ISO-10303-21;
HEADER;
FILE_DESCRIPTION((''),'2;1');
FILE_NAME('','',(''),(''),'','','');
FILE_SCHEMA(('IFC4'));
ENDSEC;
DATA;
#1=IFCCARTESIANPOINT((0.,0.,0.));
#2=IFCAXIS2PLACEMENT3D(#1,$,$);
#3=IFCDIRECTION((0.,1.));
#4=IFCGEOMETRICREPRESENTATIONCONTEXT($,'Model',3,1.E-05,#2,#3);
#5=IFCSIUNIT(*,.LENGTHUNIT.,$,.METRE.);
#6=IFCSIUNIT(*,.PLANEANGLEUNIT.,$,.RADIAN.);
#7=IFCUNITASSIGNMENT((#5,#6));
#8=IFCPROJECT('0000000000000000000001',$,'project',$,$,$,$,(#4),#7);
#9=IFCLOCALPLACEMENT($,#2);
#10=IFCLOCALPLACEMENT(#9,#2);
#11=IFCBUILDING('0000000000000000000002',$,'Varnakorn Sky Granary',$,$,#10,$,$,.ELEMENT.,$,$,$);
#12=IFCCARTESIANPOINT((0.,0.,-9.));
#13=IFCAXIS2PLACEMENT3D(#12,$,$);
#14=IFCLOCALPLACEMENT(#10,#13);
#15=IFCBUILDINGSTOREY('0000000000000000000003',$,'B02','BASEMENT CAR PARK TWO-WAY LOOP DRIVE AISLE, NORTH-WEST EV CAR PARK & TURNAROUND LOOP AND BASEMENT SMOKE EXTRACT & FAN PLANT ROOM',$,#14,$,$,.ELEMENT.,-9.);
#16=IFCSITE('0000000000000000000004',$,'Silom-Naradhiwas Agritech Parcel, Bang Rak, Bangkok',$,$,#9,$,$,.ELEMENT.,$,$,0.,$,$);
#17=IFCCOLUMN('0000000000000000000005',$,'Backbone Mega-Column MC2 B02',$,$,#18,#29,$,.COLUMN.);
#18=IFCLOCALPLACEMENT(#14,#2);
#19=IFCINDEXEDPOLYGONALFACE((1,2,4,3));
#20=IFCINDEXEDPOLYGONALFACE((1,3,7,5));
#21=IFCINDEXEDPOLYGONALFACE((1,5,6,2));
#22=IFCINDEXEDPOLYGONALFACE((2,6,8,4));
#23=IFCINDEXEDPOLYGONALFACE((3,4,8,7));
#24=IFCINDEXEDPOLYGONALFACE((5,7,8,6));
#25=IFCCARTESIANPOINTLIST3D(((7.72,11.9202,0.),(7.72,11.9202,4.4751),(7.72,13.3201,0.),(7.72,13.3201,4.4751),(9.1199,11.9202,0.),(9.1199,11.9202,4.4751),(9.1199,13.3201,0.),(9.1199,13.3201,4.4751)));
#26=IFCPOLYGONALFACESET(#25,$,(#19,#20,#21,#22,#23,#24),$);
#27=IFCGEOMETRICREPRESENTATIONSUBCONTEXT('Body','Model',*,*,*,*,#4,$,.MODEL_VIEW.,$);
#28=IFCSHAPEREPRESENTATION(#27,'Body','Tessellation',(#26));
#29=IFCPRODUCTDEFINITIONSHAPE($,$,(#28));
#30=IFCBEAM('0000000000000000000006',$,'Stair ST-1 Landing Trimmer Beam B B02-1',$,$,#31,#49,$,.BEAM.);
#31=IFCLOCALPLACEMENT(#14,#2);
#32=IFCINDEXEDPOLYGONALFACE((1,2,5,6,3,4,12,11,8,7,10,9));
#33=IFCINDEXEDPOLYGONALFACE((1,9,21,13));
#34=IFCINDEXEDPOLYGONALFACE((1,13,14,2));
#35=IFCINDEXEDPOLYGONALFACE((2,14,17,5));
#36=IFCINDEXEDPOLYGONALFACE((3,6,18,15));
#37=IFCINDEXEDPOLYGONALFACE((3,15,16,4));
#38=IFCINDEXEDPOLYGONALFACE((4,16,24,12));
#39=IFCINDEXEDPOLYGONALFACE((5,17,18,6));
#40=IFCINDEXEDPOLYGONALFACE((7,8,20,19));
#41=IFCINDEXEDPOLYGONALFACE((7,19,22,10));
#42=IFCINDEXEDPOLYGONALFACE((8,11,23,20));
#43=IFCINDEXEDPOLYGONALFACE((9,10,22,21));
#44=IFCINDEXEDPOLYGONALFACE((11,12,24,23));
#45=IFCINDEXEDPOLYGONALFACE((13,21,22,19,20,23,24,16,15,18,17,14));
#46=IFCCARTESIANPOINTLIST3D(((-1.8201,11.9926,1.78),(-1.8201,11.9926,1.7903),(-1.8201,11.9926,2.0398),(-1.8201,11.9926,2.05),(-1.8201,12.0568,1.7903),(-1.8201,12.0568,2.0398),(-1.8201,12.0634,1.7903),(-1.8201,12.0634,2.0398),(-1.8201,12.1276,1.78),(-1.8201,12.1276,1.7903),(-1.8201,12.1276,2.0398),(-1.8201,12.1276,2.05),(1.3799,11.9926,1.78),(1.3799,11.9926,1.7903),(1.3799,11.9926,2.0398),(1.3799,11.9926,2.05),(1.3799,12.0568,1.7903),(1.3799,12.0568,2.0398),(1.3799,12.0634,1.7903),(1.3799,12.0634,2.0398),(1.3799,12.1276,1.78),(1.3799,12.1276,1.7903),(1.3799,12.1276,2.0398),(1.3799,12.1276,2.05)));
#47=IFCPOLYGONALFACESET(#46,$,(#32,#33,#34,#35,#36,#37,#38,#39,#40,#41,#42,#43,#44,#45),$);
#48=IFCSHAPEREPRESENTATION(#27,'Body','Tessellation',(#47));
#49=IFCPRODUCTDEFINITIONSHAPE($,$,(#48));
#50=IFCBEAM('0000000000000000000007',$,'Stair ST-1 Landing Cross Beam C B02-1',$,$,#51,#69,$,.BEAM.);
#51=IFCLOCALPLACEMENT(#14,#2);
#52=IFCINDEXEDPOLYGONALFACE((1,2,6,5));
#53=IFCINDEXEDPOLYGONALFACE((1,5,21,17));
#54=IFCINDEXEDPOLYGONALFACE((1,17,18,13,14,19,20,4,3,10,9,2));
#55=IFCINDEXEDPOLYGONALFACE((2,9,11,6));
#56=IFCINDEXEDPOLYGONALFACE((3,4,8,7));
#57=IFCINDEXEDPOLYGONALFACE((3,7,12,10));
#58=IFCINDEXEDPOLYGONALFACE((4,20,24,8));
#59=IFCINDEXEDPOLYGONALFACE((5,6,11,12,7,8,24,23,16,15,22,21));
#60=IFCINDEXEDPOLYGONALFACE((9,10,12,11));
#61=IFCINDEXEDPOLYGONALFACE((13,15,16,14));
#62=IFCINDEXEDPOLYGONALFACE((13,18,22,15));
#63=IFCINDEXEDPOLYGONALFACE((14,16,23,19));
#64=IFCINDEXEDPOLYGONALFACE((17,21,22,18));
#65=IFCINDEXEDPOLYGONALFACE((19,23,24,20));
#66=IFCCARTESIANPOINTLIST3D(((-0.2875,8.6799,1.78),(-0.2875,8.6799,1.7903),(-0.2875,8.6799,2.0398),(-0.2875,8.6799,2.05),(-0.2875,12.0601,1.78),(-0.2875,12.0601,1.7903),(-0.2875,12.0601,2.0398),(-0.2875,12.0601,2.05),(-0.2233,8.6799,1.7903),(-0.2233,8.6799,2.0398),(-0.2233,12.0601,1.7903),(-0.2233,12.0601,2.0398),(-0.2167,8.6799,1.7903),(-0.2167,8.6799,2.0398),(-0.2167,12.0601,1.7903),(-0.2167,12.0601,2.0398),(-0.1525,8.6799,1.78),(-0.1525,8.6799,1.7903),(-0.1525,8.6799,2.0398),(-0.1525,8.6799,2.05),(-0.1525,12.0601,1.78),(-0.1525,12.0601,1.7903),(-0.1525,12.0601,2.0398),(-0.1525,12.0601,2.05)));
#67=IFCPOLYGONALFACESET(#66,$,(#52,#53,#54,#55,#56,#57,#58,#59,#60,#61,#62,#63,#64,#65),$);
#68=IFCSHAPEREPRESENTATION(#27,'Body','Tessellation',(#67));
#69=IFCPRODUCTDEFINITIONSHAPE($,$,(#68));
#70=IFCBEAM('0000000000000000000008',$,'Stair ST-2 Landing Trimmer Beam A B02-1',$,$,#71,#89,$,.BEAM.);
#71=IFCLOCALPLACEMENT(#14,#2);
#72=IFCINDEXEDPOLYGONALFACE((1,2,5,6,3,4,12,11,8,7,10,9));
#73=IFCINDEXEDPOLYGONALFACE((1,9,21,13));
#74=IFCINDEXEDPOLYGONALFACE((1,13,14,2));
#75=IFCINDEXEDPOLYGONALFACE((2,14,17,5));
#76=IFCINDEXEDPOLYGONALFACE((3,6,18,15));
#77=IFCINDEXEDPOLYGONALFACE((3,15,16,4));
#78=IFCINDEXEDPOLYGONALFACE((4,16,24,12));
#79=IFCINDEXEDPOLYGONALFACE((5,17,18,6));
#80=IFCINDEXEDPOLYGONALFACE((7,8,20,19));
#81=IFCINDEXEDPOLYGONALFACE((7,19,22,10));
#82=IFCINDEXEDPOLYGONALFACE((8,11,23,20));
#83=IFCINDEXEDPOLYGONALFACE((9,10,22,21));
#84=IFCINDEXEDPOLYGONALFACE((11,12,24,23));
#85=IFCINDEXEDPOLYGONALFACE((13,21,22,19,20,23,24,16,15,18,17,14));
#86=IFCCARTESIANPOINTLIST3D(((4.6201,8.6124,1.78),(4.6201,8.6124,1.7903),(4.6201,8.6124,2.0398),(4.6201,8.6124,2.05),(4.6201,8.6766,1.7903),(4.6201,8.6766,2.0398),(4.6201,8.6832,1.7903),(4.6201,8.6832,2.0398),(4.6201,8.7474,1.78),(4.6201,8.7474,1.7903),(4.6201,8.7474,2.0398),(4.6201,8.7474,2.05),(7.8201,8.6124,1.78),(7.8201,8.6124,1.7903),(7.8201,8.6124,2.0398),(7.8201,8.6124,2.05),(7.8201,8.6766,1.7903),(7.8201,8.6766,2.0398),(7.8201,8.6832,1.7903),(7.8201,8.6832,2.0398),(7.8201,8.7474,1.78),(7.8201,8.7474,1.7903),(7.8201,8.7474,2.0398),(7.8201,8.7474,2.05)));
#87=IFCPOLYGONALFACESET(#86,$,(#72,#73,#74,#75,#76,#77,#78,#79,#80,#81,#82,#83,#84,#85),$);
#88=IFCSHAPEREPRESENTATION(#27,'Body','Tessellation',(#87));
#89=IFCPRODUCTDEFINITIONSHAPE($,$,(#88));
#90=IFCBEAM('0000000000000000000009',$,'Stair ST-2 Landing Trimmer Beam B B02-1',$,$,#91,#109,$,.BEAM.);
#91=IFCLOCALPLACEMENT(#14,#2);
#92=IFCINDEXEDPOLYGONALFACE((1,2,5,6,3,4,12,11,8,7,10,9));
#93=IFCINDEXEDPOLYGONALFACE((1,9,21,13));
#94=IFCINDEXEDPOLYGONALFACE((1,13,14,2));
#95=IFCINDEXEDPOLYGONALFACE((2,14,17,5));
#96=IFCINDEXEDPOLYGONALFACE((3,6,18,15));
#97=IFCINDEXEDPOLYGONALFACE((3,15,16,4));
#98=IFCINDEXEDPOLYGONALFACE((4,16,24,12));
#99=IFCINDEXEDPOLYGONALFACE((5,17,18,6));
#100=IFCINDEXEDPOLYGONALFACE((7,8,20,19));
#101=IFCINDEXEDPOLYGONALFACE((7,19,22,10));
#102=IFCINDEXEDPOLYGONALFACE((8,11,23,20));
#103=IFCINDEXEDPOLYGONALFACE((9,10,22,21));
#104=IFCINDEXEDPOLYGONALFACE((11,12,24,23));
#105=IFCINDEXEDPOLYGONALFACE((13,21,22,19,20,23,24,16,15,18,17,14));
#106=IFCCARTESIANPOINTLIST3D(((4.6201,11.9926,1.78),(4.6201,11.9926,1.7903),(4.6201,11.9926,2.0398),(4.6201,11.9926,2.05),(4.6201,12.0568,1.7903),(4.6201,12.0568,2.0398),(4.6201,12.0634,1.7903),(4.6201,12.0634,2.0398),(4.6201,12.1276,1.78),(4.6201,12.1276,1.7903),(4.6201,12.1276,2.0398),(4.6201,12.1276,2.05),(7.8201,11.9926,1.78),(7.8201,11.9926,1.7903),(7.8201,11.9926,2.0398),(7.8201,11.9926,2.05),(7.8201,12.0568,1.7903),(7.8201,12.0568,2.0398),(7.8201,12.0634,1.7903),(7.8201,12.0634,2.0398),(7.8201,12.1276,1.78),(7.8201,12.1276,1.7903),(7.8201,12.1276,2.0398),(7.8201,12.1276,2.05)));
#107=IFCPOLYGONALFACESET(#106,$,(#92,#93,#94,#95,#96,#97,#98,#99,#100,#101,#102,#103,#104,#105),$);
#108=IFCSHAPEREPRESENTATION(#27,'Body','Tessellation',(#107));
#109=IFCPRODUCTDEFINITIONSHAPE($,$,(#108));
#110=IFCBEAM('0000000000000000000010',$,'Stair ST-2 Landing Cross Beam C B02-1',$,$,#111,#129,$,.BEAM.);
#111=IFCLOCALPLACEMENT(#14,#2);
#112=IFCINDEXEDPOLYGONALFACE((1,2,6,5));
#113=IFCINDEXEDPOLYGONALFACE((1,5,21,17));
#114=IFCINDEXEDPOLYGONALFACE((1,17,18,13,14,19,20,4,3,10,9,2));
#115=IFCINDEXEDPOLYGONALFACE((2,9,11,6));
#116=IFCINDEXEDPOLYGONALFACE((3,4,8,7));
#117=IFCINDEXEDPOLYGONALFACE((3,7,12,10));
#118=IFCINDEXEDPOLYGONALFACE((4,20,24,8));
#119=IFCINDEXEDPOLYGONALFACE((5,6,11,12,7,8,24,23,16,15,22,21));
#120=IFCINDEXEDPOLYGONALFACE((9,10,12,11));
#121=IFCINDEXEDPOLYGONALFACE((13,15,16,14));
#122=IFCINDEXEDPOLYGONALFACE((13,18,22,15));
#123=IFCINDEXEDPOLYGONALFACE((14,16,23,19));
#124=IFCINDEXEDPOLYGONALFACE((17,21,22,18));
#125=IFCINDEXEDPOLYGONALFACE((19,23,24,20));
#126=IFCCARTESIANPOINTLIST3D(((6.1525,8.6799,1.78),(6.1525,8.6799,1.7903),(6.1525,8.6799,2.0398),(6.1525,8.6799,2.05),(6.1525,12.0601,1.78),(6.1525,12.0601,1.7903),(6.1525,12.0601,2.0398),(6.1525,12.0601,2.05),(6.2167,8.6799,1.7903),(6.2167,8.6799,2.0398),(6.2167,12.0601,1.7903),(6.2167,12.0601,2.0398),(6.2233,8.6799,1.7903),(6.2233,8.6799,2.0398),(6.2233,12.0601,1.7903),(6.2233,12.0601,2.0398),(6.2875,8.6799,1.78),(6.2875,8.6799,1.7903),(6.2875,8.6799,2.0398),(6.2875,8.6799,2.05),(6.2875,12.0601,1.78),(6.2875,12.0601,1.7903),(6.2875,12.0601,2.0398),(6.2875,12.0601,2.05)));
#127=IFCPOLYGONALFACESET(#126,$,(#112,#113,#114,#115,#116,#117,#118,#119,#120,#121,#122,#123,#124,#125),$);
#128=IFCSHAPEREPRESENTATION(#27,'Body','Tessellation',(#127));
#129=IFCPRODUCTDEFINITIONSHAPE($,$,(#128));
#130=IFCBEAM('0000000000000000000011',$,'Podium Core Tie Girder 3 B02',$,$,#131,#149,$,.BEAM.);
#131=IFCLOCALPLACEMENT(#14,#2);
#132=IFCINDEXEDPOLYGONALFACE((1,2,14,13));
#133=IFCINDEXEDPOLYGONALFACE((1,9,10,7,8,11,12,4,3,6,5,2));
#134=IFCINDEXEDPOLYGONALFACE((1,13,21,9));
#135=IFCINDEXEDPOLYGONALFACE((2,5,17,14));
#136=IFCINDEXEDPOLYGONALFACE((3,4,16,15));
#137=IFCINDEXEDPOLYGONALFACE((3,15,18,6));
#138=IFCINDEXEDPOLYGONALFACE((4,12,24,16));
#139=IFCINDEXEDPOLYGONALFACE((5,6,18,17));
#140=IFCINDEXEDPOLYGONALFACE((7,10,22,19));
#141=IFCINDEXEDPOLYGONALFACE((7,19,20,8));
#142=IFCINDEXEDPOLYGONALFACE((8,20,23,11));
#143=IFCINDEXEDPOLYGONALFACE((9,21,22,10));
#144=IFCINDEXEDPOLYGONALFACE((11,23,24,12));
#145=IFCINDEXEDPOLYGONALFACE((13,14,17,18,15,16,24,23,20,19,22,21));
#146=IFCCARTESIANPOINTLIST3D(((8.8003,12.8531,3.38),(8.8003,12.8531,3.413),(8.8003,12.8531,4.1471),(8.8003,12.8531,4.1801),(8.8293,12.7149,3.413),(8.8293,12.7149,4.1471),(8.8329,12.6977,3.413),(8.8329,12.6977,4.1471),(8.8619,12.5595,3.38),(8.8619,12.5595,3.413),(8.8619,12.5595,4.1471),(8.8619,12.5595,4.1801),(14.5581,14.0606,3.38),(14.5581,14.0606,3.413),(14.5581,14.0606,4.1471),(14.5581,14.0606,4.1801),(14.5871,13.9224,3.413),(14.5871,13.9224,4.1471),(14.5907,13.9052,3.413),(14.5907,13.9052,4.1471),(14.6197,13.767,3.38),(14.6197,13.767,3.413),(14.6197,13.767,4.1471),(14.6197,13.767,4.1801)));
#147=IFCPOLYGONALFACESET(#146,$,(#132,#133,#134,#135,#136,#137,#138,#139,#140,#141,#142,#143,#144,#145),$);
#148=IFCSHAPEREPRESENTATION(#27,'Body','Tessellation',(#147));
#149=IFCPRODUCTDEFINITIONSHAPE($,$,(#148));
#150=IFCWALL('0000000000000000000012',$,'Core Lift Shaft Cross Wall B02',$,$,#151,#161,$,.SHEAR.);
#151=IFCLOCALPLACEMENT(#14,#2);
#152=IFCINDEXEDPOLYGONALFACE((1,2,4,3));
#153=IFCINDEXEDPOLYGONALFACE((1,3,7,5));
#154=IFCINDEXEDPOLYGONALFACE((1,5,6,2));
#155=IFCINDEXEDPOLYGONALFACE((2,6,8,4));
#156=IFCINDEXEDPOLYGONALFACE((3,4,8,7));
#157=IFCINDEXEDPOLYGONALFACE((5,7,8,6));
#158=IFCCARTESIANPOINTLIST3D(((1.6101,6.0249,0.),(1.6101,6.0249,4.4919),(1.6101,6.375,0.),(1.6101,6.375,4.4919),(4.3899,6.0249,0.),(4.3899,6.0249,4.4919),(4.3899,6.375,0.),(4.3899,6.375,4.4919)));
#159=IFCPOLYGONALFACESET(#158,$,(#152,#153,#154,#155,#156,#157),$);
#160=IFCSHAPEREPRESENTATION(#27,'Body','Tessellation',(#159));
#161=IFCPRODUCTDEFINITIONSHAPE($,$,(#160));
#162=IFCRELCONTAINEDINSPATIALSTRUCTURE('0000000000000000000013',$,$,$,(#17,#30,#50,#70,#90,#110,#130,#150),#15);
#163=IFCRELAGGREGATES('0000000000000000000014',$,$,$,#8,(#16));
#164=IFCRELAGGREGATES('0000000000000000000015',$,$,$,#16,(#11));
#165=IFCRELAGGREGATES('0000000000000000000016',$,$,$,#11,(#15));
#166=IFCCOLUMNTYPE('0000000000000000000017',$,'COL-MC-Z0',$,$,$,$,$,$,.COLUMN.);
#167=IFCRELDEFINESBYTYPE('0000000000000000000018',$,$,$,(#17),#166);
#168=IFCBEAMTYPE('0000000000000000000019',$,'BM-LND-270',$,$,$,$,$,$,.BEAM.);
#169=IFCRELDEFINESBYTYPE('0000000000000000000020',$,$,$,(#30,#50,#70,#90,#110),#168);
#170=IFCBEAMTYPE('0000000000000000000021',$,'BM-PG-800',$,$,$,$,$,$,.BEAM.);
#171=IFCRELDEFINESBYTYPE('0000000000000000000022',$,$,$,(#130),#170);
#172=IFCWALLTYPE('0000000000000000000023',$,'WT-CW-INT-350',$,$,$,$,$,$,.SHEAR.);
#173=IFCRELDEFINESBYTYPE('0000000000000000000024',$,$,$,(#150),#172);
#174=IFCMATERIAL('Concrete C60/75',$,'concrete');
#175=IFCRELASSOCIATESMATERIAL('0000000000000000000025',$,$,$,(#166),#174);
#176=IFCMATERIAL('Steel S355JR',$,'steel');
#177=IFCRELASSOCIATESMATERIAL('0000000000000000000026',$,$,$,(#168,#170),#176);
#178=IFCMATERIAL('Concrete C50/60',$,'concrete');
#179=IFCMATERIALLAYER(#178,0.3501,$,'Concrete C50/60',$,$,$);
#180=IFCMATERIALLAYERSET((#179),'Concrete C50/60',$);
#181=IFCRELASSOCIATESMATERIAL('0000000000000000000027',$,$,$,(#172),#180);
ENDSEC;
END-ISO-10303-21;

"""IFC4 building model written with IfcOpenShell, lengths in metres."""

from ifc_helpers import new_model, si_unit, direction, frame, frame_2d, origin, origin_2d, place, context, subcontext, project, spatial, rectangle, i_section, extrude, material, layer, layer_set, material_profile, profile_set, type_object, element, save


model = new_model("IFC4")

# Units and contexts
model_context = context("Model", 3, precision=1e-05, world=origin(), true_north=direction((0.0, 1.0)))
body_context = subcontext(model_context, "Body", "Model", "MODEL_VIEW")
ifc_project = project(units=[si_unit("LENGTHUNIT", "METRE"), si_unit("PLANEANGLEUNIT", "RADIAN")], contexts=[model_context])

# Site, building, storey
site_placement = place(None, origin())
site = spatial("IfcSite", under=ifc_project, at=site_placement, Name="Silom-Naradhiwas Agritech Parcel, Bang Rak, Bangkok", CompositionType="ELEMENT", RefElevation=0.0)
building_placement = place(site_placement, origin())
building = spatial("IfcBuilding", under=site, at=building_placement, Name="Varnakorn Sky Granary", CompositionType="ELEMENT")
storey_placement = place(building_placement, frame((0.0, 0.0, -9.0)))
storey = spatial("IfcBuildingStorey", under=building, at=storey_placement, Name="B02", Description="BASEMENT CAR PARK TWO-WAY LOOP DRIVE AISLE, NORTH-WEST EV CAR PARK & TURNAROUND LOOP AND BASEMENT SMOKE EXTRACT & FAN PLANT ROOM", CompositionType="ELEMENT", Elevation=-9.0)

# Column
ifc_material_1 = material(Name="Concrete C60/75", Category="concrete")
ifc_material_profile_1 = material_profile(ifc_material_1, rectangle(XDim=1.3999, YDim=1.3999, at=origin_2d()), Name="RC 1400x1400")
ifc_profile_set_1 = profile_set([ifc_material_profile_1], Name="Concrete C60/75")
column_type = type_object("IfcColumnType", Name="COL-MC-Z0", PredefinedType="COLUMN", material=ifc_profile_set_1)
column_placement = place(storey_placement, frame((8.4199, 12.6201, 0.0), z_axis=(0.0, 0.0, 1.0), x_axis=(1.0, 0.0, 0.0)))
element("IfcColumn", 1, at=column_placement, inside=storey, type_object=column_type, Name="Backbone Mega-Column MC2 B02", PredefinedType="COLUMN", context=body_context, shape_type="SweptSolid", body=[
    extrude(rectangle(XDim=1.3999, YDim=1.3999, at=origin_2d()), origin(), (0.0, 0.0, 1.0), 4.4751),
])

# Beams
ifc_material_2 = material(Name="Steel S355JR", Category="steel")
ifc_material_profile_2 = material_profile(ifc_material_2, i_section(OverallWidth=0.135, OverallDepth=0.27, WebThickness=0.0066, FlangeThickness=0.0103, at=origin_2d()), Name="IPE 270")
ifc_profile_set_2 = profile_set([ifc_material_profile_2], Name="Steel S355JR")
beam_type_1 = type_object("IfcBeamType", Name="BM-LND-270", PredefinedType="BEAM", material=ifc_profile_set_2)
beam_1_placement = place(storey_placement, frame((-1.8201, 12.0601, 1.915), z_axis=(1.0, 0.0, 0.0), x_axis=(0.0, 1.0, 0.0)))
element("IfcBeam", 2, at=beam_1_placement, inside=storey, type_object=beam_type_1, Name="Stair ST-1 Landing Trimmer Beam B B02-1", PredefinedType="BEAM", context=body_context, shape_type="SweptSolid", body=[
    extrude(i_section(OverallWidth=0.135, OverallDepth=0.27, WebThickness=0.0066, FlangeThickness=0.0103, at=origin_2d()), origin(), (0.0, 0.0, 1.0), 3.2),
])
beam_2_placement = place(storey_placement, frame((-0.22, 8.6799, 1.915), z_axis=(0.0, 1.0, 0.0), x_axis=(-1.0, 0.0, 0.0)))
element("IfcBeam", 3, at=beam_2_placement, inside=storey, type_object=beam_type_1, Name="Stair ST-1 Landing Cross Beam C B02-1", PredefinedType="BEAM", context=body_context, shape_type="SweptSolid", body=[
    extrude(i_section(OverallWidth=0.135, OverallDepth=0.27, WebThickness=0.0066, FlangeThickness=0.0103, at=origin_2d()), origin(), (0.0, 0.0, 1.0), 3.3801),
])
for number, where, z_axis, x_axis, name in (
    (4, (4.6201, 8.6799, 1.915), (1.0, 0.0, 0.0), (0.0, 1.0, 0.0), "Stair ST-2 Landing Trimmer Beam A B02-1"),
    (5, (4.6201, 12.0601, 1.915), (1.0, 0.0, 0.0), (0.0, 1.0, 0.0), "Stair ST-2 Landing Trimmer Beam B B02-1"),
):
    element("IfcBeam", number, at=place(storey_placement, frame(where, z_axis=z_axis, x_axis=x_axis)), inside=storey, type_object=beam_type_1, Name=name, PredefinedType="BEAM", context=body_context, shape_type="SweptSolid", body=[
        extrude(i_section(OverallWidth=0.135, OverallDepth=0.27, WebThickness=0.0066, FlangeThickness=0.0103, at=origin_2d()), origin(), (0.0, 0.0, 1.0), 3.2),
    ])
beam_3_placement = place(storey_placement, frame((6.22, 8.6799, 1.915), z_axis=(0.0, 1.0, 0.0), x_axis=(-1.0, 0.0, 0.0)))
element("IfcBeam", 6, at=beam_3_placement, inside=storey, type_object=beam_type_1, Name="Stair ST-2 Landing Cross Beam C B02-1", PredefinedType="BEAM", context=body_context, shape_type="SweptSolid", body=[
    extrude(i_section(OverallWidth=0.135, OverallDepth=0.27, WebThickness=0.0066, FlangeThickness=0.0103, at=origin_2d()), origin(), (0.0, 0.0, 1.0), 3.3801),
])
ifc_material_profile_3 = material_profile(ifc_material_2, i_section(OverallWidth=0.3, OverallDepth=0.8, WebThickness=0.0176, FlangeThickness=0.033, at=origin_2d()), Name="HE 800 B")
ifc_profile_set_3 = profile_set([ifc_material_profile_3], Name="Steel S355JR")
beam_type_2 = type_object("IfcBeamType", Name="BM-PG-800", PredefinedType="BEAM", material=ifc_profile_set_3)
beam_4_placement = place(storey_placement, frame((14.5889, 13.9138, 3.78), z_axis=(-0.978709, -0.205253, 0.0), x_axis=(0.205253, -0.978709, 0.0)))
element("IfcBeam", 7, at=beam_4_placement, inside=storey, type_object=beam_type_2, Name="Podium Core Tie Girder 3 B02", PredefinedType="BEAM", context=body_context, shape_type="SweptSolid", body=[
    extrude(i_section(OverallWidth=0.3, OverallDepth=0.8, WebThickness=0.0176, FlangeThickness=0.033, at=origin_2d()), origin(), (0.0, 0.0, 1.0), 5.8831),
])

# Wall
ifc_material_3 = material(Name="Concrete C50/60", Category="concrete")
ifc_layer_1 = layer(ifc_material_3, 0.3501, Name="Concrete C50/60")
ifc_layer_set_1 = layer_set([ifc_layer_1], Name="Concrete C50/60")
wall_type_1 = type_object("IfcWallType", Name="WT-CW-INT-350", PredefinedType="SHEAR", material=ifc_layer_set_1)
wall_1_placement = place(storey_placement, frame((1.6101, 6.2, 0.0), z_axis=(0.0, 0.0, 1.0), x_axis=(1.0, 0.0, 0.0)))
element("IfcWall", 8, at=wall_1_placement, inside=storey, type_object=wall_type_1, Name="Core Lift Shaft Cross Wall B02", PredefinedType="SHEAR", context=body_context, shape_type="SweptSolid", body=[
    extrude(rectangle(XDim=2.7798, YDim=0.3501, at=frame_2d((1.3899, 0.0))), origin(), (0.0, 0.0, 1.0), 4.4919),
])

save(model, "model.ifc")
